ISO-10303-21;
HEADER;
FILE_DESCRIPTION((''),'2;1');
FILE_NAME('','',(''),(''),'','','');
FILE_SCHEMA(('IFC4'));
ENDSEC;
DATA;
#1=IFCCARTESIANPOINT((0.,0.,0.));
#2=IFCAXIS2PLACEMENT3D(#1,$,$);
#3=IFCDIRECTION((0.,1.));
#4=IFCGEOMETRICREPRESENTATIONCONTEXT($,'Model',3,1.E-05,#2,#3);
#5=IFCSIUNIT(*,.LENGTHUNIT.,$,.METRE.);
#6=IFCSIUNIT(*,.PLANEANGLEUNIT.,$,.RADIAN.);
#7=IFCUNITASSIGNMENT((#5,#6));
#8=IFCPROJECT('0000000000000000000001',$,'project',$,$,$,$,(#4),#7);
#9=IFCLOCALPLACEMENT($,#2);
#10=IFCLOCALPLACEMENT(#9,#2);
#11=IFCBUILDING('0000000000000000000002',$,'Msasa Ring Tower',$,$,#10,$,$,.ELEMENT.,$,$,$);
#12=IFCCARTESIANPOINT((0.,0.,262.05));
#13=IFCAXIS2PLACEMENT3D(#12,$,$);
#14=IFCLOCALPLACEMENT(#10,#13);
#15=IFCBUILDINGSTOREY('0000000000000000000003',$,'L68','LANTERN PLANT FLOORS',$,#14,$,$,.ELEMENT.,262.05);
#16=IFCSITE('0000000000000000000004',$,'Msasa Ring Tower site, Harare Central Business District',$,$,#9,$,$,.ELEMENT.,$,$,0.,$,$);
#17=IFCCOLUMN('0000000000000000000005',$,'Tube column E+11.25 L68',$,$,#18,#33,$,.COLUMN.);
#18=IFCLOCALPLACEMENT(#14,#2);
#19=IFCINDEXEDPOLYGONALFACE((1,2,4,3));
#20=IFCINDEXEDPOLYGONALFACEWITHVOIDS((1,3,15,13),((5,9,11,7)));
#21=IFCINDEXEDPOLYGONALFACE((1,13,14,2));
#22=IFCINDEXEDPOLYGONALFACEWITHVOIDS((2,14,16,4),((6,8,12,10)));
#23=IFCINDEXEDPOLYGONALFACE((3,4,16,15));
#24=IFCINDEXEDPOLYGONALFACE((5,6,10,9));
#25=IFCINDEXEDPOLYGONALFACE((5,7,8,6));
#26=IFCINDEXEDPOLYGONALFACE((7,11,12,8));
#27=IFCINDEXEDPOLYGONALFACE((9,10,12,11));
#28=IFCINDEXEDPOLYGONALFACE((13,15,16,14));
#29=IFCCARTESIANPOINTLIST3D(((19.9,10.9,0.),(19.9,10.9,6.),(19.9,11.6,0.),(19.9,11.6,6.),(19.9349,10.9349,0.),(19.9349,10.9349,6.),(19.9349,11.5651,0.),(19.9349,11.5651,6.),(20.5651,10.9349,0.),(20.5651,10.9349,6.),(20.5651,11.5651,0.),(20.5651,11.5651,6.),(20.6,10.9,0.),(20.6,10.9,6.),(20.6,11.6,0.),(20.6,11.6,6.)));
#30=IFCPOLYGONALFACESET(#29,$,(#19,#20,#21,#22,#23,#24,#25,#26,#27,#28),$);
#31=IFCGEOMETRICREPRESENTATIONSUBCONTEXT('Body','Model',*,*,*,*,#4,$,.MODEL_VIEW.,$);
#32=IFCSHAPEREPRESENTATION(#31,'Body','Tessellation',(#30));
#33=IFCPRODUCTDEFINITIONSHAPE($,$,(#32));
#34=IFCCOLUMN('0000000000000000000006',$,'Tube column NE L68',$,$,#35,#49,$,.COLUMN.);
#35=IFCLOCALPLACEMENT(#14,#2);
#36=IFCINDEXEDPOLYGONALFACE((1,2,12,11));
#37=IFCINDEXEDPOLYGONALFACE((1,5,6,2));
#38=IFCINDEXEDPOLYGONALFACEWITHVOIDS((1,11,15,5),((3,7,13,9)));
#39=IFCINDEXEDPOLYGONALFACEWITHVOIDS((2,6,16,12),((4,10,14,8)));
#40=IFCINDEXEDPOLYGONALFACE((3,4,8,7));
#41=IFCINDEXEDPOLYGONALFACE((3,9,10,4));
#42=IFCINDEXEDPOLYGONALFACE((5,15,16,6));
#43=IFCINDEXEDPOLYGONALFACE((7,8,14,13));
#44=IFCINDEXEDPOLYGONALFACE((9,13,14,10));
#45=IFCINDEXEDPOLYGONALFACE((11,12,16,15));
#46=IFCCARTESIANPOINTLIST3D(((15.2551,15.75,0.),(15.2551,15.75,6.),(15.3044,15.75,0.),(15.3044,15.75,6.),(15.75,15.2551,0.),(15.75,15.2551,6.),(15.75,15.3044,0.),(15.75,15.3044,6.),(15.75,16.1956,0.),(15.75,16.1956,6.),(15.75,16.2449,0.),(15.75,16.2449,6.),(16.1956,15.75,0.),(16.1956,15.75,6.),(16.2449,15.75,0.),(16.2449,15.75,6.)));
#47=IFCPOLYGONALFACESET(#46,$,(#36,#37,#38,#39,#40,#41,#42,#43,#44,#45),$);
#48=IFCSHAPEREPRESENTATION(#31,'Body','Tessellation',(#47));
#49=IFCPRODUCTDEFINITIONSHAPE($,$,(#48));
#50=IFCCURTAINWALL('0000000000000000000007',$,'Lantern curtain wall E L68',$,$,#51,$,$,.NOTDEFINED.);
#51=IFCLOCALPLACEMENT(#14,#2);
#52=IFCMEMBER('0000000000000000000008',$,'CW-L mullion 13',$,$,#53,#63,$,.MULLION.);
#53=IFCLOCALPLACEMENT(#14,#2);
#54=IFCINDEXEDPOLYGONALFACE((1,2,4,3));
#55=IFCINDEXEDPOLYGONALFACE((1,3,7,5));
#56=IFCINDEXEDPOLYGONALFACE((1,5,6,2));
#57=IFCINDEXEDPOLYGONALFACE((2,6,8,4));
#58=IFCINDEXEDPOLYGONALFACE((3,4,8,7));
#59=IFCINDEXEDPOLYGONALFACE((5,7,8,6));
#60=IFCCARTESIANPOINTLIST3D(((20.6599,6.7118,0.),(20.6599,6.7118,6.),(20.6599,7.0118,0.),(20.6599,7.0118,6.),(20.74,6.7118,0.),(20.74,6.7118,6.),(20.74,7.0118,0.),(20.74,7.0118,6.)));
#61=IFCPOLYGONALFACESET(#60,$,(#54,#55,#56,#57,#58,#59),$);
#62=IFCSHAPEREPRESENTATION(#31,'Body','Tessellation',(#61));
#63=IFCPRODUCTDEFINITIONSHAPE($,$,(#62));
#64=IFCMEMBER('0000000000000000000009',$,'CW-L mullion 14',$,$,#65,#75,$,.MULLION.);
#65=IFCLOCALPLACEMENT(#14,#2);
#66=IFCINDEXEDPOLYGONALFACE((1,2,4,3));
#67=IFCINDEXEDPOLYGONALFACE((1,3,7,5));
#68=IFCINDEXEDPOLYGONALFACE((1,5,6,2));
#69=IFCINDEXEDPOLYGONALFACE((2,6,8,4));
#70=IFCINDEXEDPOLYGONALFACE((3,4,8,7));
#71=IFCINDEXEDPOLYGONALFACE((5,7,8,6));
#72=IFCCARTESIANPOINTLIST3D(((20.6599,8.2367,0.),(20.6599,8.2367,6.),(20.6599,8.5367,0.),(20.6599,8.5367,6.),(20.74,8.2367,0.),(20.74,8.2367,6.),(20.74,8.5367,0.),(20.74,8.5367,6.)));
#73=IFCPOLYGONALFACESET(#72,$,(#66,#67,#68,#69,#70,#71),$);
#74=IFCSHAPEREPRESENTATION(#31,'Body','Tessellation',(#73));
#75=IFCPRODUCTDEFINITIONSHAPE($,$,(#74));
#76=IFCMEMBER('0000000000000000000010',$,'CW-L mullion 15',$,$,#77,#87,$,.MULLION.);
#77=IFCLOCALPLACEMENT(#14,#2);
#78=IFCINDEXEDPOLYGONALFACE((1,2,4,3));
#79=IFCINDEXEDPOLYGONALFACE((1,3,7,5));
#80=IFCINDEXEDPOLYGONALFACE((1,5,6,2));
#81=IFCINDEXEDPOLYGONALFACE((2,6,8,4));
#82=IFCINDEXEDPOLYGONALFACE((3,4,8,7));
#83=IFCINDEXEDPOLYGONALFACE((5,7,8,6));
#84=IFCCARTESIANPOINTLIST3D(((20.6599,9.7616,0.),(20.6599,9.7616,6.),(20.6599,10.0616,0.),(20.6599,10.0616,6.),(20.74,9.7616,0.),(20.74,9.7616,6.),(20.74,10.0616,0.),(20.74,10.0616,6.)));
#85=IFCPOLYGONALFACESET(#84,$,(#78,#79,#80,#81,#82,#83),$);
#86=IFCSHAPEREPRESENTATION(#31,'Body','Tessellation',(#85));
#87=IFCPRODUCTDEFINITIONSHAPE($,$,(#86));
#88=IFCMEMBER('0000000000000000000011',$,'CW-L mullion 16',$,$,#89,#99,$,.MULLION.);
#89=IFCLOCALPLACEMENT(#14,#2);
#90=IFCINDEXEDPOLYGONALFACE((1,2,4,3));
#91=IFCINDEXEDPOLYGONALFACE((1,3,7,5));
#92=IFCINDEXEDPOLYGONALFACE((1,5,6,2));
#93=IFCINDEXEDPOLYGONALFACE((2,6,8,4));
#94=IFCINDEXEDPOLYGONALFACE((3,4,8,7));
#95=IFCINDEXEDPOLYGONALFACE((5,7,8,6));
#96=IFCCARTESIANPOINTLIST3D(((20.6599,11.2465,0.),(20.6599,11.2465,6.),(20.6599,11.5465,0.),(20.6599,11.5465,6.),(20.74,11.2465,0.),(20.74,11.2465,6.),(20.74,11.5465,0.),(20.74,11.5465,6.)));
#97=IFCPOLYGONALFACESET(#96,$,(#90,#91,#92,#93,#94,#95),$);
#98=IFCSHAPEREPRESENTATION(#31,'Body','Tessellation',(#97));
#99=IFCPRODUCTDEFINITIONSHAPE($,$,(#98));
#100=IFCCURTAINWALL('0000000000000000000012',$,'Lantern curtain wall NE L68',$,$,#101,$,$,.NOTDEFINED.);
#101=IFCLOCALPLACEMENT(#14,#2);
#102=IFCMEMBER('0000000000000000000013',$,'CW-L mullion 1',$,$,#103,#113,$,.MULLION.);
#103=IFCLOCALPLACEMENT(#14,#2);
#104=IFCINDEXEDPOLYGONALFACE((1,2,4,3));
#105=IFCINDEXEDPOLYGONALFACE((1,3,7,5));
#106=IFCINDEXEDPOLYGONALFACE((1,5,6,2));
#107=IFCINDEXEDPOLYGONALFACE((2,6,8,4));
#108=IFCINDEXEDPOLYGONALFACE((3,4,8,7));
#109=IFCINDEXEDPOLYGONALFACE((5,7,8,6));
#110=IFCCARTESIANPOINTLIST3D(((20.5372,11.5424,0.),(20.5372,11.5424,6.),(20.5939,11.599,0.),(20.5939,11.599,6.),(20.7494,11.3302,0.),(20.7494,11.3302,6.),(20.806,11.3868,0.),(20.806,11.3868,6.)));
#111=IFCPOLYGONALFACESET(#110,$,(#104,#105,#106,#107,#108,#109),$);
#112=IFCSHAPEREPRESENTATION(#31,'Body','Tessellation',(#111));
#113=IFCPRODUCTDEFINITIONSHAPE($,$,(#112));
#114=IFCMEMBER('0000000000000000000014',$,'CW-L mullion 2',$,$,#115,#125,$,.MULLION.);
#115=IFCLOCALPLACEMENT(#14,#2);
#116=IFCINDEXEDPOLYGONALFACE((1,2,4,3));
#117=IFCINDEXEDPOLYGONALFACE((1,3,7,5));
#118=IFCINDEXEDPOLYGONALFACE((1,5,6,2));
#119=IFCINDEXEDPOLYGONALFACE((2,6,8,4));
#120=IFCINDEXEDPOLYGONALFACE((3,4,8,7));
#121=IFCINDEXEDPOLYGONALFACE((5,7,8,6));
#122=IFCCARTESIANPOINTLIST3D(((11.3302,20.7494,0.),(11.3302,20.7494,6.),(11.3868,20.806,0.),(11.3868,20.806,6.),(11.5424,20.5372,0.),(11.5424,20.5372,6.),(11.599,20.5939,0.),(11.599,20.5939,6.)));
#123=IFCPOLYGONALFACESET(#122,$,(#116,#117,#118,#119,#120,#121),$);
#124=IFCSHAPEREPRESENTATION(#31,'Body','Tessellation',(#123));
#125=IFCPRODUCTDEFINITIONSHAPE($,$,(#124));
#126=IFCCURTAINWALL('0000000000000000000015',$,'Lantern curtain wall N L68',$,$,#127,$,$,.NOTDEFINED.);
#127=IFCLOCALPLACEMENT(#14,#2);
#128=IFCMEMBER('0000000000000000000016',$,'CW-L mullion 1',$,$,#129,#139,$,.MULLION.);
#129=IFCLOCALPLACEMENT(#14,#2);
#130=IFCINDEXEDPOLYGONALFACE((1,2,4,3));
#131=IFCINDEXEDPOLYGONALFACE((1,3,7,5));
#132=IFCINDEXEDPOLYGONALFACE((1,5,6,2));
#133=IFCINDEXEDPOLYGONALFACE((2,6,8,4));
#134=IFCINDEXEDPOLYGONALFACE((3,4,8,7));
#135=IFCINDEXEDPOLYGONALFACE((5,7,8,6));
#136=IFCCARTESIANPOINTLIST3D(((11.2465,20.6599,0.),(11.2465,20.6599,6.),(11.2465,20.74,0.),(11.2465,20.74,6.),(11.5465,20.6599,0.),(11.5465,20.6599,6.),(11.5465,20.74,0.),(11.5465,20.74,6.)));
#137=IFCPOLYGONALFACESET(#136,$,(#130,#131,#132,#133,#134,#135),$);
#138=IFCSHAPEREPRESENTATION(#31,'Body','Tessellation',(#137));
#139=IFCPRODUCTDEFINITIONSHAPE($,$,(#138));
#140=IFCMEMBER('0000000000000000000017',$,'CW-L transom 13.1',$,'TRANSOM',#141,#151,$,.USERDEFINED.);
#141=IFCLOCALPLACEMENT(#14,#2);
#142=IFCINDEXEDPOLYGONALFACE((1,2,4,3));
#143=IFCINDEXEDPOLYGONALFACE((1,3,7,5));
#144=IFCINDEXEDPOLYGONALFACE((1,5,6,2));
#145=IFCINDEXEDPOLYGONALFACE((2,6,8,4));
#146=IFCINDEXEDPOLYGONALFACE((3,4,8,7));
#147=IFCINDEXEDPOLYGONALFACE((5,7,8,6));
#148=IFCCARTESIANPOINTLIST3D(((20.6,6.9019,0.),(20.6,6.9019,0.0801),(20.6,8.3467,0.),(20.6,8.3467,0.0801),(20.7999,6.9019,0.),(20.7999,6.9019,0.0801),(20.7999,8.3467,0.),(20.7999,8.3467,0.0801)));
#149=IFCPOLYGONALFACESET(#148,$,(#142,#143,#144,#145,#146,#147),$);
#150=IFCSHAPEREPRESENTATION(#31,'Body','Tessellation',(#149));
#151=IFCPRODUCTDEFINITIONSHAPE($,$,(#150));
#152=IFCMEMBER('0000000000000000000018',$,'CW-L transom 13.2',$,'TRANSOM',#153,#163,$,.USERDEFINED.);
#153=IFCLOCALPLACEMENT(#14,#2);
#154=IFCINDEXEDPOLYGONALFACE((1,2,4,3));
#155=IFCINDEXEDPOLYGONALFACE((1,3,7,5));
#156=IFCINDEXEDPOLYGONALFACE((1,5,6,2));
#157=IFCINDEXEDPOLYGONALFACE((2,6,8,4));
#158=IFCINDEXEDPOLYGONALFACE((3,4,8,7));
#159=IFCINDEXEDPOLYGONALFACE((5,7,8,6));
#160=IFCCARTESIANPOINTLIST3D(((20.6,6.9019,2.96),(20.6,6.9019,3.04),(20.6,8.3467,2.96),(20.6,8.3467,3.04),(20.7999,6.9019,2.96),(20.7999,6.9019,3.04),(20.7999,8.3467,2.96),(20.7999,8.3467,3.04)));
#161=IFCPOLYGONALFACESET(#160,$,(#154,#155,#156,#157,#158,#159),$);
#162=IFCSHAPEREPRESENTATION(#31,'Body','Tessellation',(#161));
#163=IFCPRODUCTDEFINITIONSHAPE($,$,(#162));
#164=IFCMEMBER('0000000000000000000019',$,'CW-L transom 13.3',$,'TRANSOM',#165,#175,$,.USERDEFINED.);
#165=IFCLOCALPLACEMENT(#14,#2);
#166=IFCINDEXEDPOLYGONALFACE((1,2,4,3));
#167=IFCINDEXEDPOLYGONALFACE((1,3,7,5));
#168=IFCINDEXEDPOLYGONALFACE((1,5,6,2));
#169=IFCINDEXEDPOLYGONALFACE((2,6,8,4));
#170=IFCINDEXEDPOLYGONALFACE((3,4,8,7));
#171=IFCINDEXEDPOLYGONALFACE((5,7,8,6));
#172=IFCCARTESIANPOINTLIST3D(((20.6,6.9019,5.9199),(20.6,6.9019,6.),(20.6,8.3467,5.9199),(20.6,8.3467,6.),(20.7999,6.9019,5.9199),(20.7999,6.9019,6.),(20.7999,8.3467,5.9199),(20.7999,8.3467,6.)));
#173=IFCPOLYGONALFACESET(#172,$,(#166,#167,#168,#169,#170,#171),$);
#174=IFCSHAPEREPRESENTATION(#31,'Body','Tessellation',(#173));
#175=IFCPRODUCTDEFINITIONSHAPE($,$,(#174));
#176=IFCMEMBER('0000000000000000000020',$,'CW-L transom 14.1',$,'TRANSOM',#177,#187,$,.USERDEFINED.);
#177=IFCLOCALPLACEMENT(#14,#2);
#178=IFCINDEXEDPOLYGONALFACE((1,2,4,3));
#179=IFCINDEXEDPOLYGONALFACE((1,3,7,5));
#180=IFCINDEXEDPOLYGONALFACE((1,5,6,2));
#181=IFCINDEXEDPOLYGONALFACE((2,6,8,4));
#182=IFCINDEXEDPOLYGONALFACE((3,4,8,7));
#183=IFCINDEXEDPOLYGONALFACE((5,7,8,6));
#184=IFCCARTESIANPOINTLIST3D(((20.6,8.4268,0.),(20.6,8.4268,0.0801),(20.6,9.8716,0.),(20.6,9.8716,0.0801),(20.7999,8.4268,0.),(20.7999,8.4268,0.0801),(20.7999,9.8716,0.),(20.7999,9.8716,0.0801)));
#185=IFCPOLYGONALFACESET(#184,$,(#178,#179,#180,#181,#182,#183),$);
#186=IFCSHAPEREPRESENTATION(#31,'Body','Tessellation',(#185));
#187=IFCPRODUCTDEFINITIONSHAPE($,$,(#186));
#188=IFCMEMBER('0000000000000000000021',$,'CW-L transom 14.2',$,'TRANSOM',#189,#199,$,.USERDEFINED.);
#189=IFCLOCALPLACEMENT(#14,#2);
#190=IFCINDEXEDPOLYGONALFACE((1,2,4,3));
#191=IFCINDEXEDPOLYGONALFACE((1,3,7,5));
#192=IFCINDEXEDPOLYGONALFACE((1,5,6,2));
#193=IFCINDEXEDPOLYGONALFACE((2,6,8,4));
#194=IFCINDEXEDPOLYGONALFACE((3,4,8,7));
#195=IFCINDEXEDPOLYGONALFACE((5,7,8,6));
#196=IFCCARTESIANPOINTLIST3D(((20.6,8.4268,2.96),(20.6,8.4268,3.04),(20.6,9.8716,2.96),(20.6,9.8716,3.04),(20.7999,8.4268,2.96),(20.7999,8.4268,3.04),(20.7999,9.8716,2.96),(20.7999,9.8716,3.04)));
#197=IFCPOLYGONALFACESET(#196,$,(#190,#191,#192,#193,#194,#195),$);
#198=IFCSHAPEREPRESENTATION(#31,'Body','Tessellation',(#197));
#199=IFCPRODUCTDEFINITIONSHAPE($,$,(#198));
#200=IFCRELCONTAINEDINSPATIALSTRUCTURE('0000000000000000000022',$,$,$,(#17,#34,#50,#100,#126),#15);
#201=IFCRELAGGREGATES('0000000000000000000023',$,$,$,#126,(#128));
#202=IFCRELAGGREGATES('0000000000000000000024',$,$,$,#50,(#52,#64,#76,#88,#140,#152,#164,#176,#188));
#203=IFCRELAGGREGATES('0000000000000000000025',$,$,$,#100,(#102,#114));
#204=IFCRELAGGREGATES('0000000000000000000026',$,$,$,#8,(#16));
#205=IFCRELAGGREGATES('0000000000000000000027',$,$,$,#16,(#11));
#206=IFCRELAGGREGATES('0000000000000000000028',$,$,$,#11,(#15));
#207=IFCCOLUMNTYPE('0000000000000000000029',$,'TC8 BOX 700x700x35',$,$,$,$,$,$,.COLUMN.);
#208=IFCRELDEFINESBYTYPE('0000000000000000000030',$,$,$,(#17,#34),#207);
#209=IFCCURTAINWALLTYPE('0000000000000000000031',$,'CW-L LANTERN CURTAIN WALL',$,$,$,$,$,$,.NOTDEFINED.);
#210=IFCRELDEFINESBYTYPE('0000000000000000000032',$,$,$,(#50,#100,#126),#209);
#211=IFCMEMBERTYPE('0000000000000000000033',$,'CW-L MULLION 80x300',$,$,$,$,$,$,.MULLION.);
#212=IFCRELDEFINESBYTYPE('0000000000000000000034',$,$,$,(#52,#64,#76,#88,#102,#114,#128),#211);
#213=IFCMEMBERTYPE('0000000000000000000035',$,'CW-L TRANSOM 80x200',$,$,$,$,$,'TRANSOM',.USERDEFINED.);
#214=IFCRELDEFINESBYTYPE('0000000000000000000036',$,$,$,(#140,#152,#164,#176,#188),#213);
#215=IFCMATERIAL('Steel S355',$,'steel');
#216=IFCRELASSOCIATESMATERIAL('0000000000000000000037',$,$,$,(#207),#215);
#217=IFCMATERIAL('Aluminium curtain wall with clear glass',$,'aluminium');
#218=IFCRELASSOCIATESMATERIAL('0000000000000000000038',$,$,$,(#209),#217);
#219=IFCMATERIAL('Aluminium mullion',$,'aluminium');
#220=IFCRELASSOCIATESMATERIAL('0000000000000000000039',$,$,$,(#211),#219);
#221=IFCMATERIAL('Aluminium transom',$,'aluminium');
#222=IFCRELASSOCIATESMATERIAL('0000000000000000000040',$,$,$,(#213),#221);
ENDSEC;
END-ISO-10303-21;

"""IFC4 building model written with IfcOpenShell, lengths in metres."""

from ifc_helpers import new_model, si_unit, direction, frame, origin, origin_2d, place, context, subcontext, project, spatial, rectangle, hollow_rectangle, extrude, material, material_profile, profile_set, type_object, element, aggregate, save


model = new_model("IFC4")

# Units and contexts
model_context = context("Model", 3, precision=1e-05, world=origin(), true_north=direction((0.0, 1.0)))
body_context = subcontext(model_context, "Body", "Model", "MODEL_VIEW")
ifc_project = project(units=[si_unit("LENGTHUNIT", "METRE"), si_unit("PLANEANGLEUNIT", "RADIAN")], contexts=[model_context])

# Site, building, storey
site_placement = place(None, origin())
site = spatial("IfcSite", under=ifc_project, at=site_placement, Name="Msasa Ring Tower site, Harare Central Business District", CompositionType="ELEMENT", RefElevation=0.0)
building_placement = place(site_placement, origin())
building = spatial("IfcBuilding", under=site, at=building_placement, Name="Msasa Ring Tower", CompositionType="ELEMENT")
storey_placement = place(building_placement, frame((0.0, 0.0, 262.05)))
storey = spatial("IfcBuildingStorey", under=building, at=storey_placement, Name="L68", Description="LANTERN PLANT FLOORS", CompositionType="ELEMENT", Elevation=262.05)

# Columns
ifc_material_1 = material(Name="Steel S355", Category="steel")
ifc_material_profile_1 = material_profile(ifc_material_1, hollow_rectangle(XDim=0.7, YDim=0.7, WallThickness=0.0349, at=origin_2d()), Name="BOX 700x700x35")
ifc_profile_set_1 = profile_set([ifc_material_profile_1], Name="Steel S355")
column_type = type_object("IfcColumnType", Name="TC8 BOX 700x700x35", PredefinedType="COLUMN", material=ifc_profile_set_1)
for number, where, z_axis, x_axis, name in (
    (1, (20.25, 11.25, 0.0), (0.0, 0.0, 1.0), (1.0, 0.0, 0.0), "Tube column E+11.25 L68"),
    (2, (15.75, 15.75, 0.0), (0.0, 0.0, 1.0), (0.707107, 0.707107, 0.0), "Tube column NE L68"),
):
    element("IfcColumn", number, at=place(storey_placement, frame(where, z_axis=z_axis, x_axis=x_axis)), inside=storey, type_object=column_type, Name=name, PredefinedType="COLUMN", context=body_context, shape_type="SweptSolid", body=[
        extrude(hollow_rectangle(XDim=0.7, YDim=0.7, WallThickness=0.0349, at=origin_2d()), origin(), (0.0, 0.0, 1.0), 6.0),
    ])

# Curtain walls, members
ifc_material_2 = material(Name="Aluminium curtain wall with clear glass", Category="aluminium")
curtain_wall_type = type_object("IfcCurtainWallType", Name="CW-L LANTERN CURTAIN WALL", PredefinedType="NOTDEFINED", material=ifc_material_2)
curtain_wall_1_placement = place(storey_placement, origin())
curtain_wall_1 = element("IfcCurtainWall", 3, at=curtain_wall_1_placement, inside=storey, type_object=curtain_wall_type, Name="Lantern curtain wall E L68", PredefinedType="NOTDEFINED")
ifc_material_3 = material(Name="Aluminium mullion", Category="aluminium")
ifc_material_profile_2 = material_profile(ifc_material_3, rectangle(XDim=0.0801, YDim=0.3, at=origin_2d()), Name="AL 80x300")
ifc_profile_set_2 = profile_set([ifc_material_profile_2], Name="Aluminium mullion")
member_type_1 = type_object("IfcMemberType", Name="CW-L MULLION 80x300", PredefinedType="MULLION", material=ifc_profile_set_2)
member_1_placement = place(storey_placement, frame((20.7, 6.8618, 0.0), z_axis=(0.0, 0.0, 1.0), x_axis=(-1.0, 0.0, 0.0)))
member_1 = element("IfcMember", 4, at=member_1_placement, type_object=member_type_1, Name="CW-L mullion 13", PredefinedType="MULLION", context=body_context, shape_type="SweptSolid", body=[
    extrude(rectangle(XDim=0.0801, YDim=0.3, at=origin_2d()), origin(), (0.0, 0.0, 1.0), 6.0),
])
member_2_placement = place(storey_placement, frame((20.7, 8.3867, 0.0), z_axis=(0.0, 0.0, 1.0), x_axis=(-1.0, 0.0, 0.0)))
member_2 = element("IfcMember", 5, at=member_2_placement, type_object=member_type_1, Name="CW-L mullion 14", PredefinedType="MULLION", context=body_context, shape_type="SweptSolid", body=[
    extrude(rectangle(XDim=0.0801, YDim=0.3, at=origin_2d()), origin(), (0.0, 0.0, 1.0), 6.0),
])
member_3_placement = place(storey_placement, frame((20.7, 9.9116, 0.0), z_axis=(0.0, 0.0, 1.0), x_axis=(-1.0, 0.0, 0.0)))
member_3 = element("IfcMember", 6, at=member_3_placement, type_object=member_type_1, Name="CW-L mullion 15", PredefinedType="MULLION", context=body_context, shape_type="SweptSolid", body=[
    extrude(rectangle(XDim=0.0801, YDim=0.3, at=origin_2d()), origin(), (0.0, 0.0, 1.0), 6.0),
])
member_4_placement = place(storey_placement, frame((20.7, 11.3965, 0.0), z_axis=(0.0, 0.0, 1.0), x_axis=(-1.0, 0.0, 0.0)))
member_4 = element("IfcMember", 7, at=member_4_placement, type_object=member_type_1, Name="CW-L mullion 16", PredefinedType="MULLION", context=body_context, shape_type="SweptSolid", body=[
    extrude(rectangle(XDim=0.0801, YDim=0.3, at=origin_2d()), origin(), (0.0, 0.0, 1.0), 6.0),
])
curtain_wall_2_placement = place(storey_placement, origin())
curtain_wall_2 = element("IfcCurtainWall", 8, at=curtain_wall_2_placement, inside=storey, type_object=curtain_wall_type, Name="Lantern curtain wall NE L68", PredefinedType="NOTDEFINED")
member_5_placement = place(storey_placement, frame((20.6716, 11.4646, 0.0), z_axis=(0.0, 0.0, 1.0), x_axis=(-0.707107, -0.707107, 0.0)))
member_5 = element("IfcMember", 9, at=member_5_placement, type_object=member_type_1, Name="CW-L mullion 1", PredefinedType="MULLION", context=body_context, shape_type="SweptSolid", body=[
    extrude(rectangle(XDim=0.0801, YDim=0.3, at=origin_2d()), origin(), (0.0, 0.0, 1.0), 6.0),
])
member_6_placement = place(storey_placement, frame((11.4646, 20.6716, 0.0), z_axis=(0.0, 0.0, 1.0), x_axis=(-0.707107, -0.707107, 0.0)))
member_6 = element("IfcMember", 10, at=member_6_placement, type_object=member_type_1, Name="CW-L mullion 2", PredefinedType="MULLION", context=body_context, shape_type="SweptSolid", body=[
    extrude(rectangle(XDim=0.0801, YDim=0.3, at=origin_2d()), origin(), (0.0, 0.0, 1.0), 6.0),
])

# Curtain wall, member
curtain_wall_3_placement = place(storey_placement, origin())
curtain_wall_3 = element("IfcCurtainWall", 11, at=curtain_wall_3_placement, inside=storey, type_object=curtain_wall_type, Name="Lantern curtain wall N L68", PredefinedType="NOTDEFINED")
member_7_placement = place(storey_placement, frame((11.3965, 20.7, 0.0), z_axis=(0.0, 0.0, 1.0), x_axis=(0.0, -1.0, 0.0)))
member_7 = element("IfcMember", 12, at=member_7_placement, type_object=member_type_1, Name="CW-L mullion 1", PredefinedType="MULLION", context=body_context, shape_type="SweptSolid", body=[
    extrude(rectangle(XDim=0.0801, YDim=0.3, at=origin_2d()), origin(), (0.0, 0.0, 1.0), 6.0),
])

# Members
ifc_material_4 = material(Name="Aluminium transom", Category="aluminium")
ifc_material_profile_3 = material_profile(ifc_material_4, rectangle(XDim=0.2, YDim=0.0801, at=origin_2d()), Name="AL 80x200")
ifc_profile_set_3 = profile_set([ifc_material_profile_3], Name="Aluminium transom")
member_type_2 = type_object("IfcMemberType", Name="CW-L TRANSOM 80x200", ElementType="TRANSOM", PredefinedType="USERDEFINED", material=ifc_profile_set_3)
member_8_placement = place(storey_placement, frame((20.7, 6.9019, 0.04), z_axis=(0.0, 1.0, 0.0), x_axis=(-1.0, 0.0, 0.0)))
member_8 = element("IfcMember", 13, at=member_8_placement, type_object=member_type_2, Name="CW-L transom 13.1", ObjectType="TRANSOM", PredefinedType="USERDEFINED", context=body_context, shape_type="SweptSolid", body=[
    extrude(rectangle(XDim=0.2, YDim=0.0801, at=origin_2d()), origin(), (0.0, 0.0, 1.0), 1.4448),
])
member_9_placement = place(storey_placement, frame((20.7, 6.9019, 3.0), z_axis=(0.0, 1.0, 0.0), x_axis=(-1.0, 0.0, 0.0)))
member_9 = element("IfcMember", 14, at=member_9_placement, type_object=member_type_2, Name="CW-L transom 13.2", ObjectType="TRANSOM", PredefinedType="USERDEFINED", context=body_context, shape_type="SweptSolid", body=[
    extrude(rectangle(XDim=0.2, YDim=0.0801, at=origin_2d()), origin(), (0.0, 0.0, 1.0), 1.4448),
])
member_10_placement = place(storey_placement, frame((20.7, 6.9019, 5.96), z_axis=(0.0, 1.0, 0.0), x_axis=(-1.0, 0.0, 0.0)))
member_10 = element("IfcMember", 15, at=member_10_placement, type_object=member_type_2, Name="CW-L transom 13.3", ObjectType="TRANSOM", PredefinedType="USERDEFINED", context=body_context, shape_type="SweptSolid", body=[
    extrude(rectangle(XDim=0.2, YDim=0.0801, at=origin_2d()), origin(), (0.0, 0.0, 1.0), 1.4448),
])
member_11_placement = place(storey_placement, frame((20.7, 8.4268, 0.04), z_axis=(0.0, 1.0, 0.0), x_axis=(-1.0, 0.0, 0.0)))
member_11 = element("IfcMember", 16, at=member_11_placement, type_object=member_type_2, Name="CW-L transom 14.1", ObjectType="TRANSOM", PredefinedType="USERDEFINED", context=body_context, shape_type="SweptSolid", body=[
    extrude(rectangle(XDim=0.2, YDim=0.0801, at=origin_2d()), origin(), (0.0, 0.0, 1.0), 1.4448),
])
member_12_placement = place(storey_placement, frame((20.7, 8.4268, 3.0), z_axis=(0.0, 1.0, 0.0), x_axis=(-1.0, 0.0, 0.0)))
member_12 = element("IfcMember", 17, at=member_12_placement, type_object=member_type_2, Name="CW-L transom 14.2", ObjectType="TRANSOM", PredefinedType="USERDEFINED", context=body_context, shape_type="SweptSolid", body=[
    extrude(rectangle(XDim=0.2, YDim=0.0801, at=origin_2d()), origin(), (0.0, 0.0, 1.0), 1.4448),
])
aggregate(curtain_wall_3, [member_7])

aggregate(curtain_wall_1, [member_1, member_2, member_3, member_4, member_8, member_9, member_10, member_11, member_12])
aggregate(curtain_wall_2, [member_5, member_6])

save(model, "model.ifc")
